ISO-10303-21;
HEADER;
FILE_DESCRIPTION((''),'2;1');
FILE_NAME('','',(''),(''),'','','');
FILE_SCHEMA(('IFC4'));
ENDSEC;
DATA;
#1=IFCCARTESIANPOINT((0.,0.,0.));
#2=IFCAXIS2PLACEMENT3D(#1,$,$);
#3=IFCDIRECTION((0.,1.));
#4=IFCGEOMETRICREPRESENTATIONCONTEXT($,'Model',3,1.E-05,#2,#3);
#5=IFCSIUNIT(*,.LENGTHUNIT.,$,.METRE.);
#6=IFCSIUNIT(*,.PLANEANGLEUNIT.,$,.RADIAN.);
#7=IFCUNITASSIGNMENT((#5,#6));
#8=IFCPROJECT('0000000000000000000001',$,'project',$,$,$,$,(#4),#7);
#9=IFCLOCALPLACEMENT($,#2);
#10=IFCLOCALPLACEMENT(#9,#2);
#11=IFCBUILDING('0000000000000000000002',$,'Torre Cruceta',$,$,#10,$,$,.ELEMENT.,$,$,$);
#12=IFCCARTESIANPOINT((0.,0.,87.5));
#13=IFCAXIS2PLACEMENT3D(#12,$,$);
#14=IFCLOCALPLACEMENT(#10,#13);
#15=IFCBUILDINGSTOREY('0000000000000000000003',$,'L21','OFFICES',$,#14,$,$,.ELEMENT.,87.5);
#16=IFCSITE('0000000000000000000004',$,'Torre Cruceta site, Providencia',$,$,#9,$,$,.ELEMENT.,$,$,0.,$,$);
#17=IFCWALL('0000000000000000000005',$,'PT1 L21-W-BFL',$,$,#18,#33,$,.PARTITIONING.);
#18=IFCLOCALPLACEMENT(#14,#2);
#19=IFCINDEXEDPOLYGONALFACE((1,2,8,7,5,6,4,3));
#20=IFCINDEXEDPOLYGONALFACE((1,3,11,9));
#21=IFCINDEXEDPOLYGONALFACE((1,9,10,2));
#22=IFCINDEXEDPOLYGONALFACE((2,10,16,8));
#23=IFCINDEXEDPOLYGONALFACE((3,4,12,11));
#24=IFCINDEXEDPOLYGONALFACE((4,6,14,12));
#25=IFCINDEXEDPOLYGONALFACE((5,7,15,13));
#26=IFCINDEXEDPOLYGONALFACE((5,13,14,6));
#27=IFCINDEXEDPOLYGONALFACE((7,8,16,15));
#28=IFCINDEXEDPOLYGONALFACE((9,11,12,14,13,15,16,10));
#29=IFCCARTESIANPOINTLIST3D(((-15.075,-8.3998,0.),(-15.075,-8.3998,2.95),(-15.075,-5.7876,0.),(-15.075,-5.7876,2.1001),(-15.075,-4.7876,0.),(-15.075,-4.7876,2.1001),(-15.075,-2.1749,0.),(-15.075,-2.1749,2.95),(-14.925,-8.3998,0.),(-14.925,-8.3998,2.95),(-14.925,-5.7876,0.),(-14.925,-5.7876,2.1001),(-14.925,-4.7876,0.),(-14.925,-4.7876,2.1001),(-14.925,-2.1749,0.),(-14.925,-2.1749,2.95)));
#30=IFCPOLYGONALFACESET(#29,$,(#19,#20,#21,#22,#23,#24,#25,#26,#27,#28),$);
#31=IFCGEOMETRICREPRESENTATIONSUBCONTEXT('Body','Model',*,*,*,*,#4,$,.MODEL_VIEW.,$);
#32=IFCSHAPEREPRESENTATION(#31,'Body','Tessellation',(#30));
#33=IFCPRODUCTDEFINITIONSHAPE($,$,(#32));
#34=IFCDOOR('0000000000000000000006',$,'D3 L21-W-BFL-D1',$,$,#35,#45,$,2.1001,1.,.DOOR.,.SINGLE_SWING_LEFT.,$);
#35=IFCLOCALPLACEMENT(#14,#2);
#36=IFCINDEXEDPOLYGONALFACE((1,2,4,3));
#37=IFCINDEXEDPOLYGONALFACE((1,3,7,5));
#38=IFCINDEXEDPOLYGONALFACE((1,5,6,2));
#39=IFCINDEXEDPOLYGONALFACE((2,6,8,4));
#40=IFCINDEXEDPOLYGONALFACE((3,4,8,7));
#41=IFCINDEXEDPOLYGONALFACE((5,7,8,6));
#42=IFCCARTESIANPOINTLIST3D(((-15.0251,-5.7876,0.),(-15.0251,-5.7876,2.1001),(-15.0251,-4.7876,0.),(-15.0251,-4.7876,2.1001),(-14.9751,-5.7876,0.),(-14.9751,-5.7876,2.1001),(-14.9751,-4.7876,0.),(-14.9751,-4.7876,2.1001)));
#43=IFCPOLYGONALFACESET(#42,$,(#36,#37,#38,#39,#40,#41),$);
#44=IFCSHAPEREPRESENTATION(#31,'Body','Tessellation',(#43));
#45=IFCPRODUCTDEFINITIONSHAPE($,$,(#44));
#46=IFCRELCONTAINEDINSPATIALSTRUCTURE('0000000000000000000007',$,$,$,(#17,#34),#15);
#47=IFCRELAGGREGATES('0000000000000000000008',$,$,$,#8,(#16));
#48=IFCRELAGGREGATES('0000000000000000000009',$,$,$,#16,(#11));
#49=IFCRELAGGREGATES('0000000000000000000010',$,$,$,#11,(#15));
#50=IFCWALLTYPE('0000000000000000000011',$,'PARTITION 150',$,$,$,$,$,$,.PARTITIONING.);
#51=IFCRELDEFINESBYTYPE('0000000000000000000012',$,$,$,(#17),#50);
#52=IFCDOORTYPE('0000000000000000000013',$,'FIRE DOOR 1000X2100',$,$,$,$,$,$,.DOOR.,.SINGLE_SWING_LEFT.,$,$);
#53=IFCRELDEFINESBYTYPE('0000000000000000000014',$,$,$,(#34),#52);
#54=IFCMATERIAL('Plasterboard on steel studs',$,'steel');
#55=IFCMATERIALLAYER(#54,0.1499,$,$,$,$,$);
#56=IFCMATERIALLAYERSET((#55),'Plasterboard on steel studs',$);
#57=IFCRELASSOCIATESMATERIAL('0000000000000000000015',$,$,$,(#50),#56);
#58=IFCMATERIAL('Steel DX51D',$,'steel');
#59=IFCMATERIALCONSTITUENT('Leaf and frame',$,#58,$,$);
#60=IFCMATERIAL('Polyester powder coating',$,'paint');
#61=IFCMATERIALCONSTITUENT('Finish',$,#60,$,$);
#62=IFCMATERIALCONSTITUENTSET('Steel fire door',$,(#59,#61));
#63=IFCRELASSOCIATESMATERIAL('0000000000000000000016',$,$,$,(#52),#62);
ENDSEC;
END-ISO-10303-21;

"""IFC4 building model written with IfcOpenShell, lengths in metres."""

from ifc_helpers import new_model, si_unit, direction, frame, frame_2d, origin, place, context, subcontext, project, spatial, rectangle, extrude, material, layer, layer_set, constituent, constituent_set, type_object, element, fill, save


model = new_model("IFC4")

# Units and contexts
model_context = context("Model", 3, precision=1e-05, world=origin(), true_north=direction((0.0, 1.0)))
body_context = subcontext(model_context, "Body", "Model", "MODEL_VIEW")
ifc_project = project(units=[si_unit("LENGTHUNIT", "METRE"), si_unit("PLANEANGLEUNIT", "RADIAN")], contexts=[model_context])

# Site, building, storey
site_placement = place(None, origin())
site = spatial("IfcSite", under=ifc_project, at=site_placement, Name="Torre Cruceta site, Providencia", CompositionType="ELEMENT", RefElevation=0.0)
building_placement = place(site_placement, origin())
building = spatial("IfcBuilding", under=site, at=building_placement, Name="Torre Cruceta", CompositionType="ELEMENT")
storey_placement = place(building_placement, frame((0.0, 0.0, 87.5)))
storey = spatial("IfcBuildingStorey", under=building, at=storey_placement, Name="L21", Description="OFFICES", CompositionType="ELEMENT", Elevation=87.5)

# Wall, opening, door
ifc_material_1 = material(Name="Plasterboard on steel studs", Category="steel")
ifc_layer_1 = layer(ifc_material_1, 0.1499)
ifc_layer_set_1 = layer_set([ifc_layer_1], Name="Plasterboard on steel studs")
wall_type_1 = type_object("IfcWallType", Name="PARTITION 150", PredefinedType="PARTITIONING", material=ifc_layer_set_1)
wall_1_placement = place(storey_placement, frame((-15.0, -2.175, 0.0), z_axis=(0.0, 0.0, 1.0), x_axis=(0.0, -1.0, 0.0)))
wall_1 = element("IfcWall", 1, at=wall_1_placement, inside=storey, type_object=wall_type_1, Name="PT1 L21-W-BFL", PredefinedType="PARTITIONING", context=body_context, shape_type="SweptSolid", body=[
    extrude(rectangle(XDim=6.2249, YDim=0.1499, at=frame_2d((3.1123, 0.0))), origin(), (0.0, 0.0, 1.0), 2.95),
])
opening_1_placement = place(wall_1_placement, frame((2.6125, 0.0, 0.0)))
opening_1 = element("IfcOpeningElement", 2, at=opening_1_placement, cuts=wall_1, PredefinedType="OPENING", context=body_context, shape_type="SweptSolid", body=[
    extrude(rectangle(XDim=1.0, YDim=2.1001, at=frame_2d((0.5, 1.05))), frame((0.0, 0.085, 0.0), z_axis=(0.0, -1.0, 0.0), x_axis=(1.0, 0.0, 0.0)), (0.0, 0.0, 1.0), 0.1699),
])
ifc_material_2 = material(Name="Steel DX51D", Category="steel")
ifc_constituent_1 = constituent(ifc_material_2, Name="Leaf and frame")
ifc_material_3 = material(Name="Polyester powder coating", Category="paint")
ifc_constituent_2 = constituent(ifc_material_3, Name="Finish")
ifc_constituent_set_1 = constituent_set(constituents=[ifc_constituent_1, ifc_constituent_2], Name="Steel fire door")
door_type = type_object("IfcDoorType", Name="FIRE DOOR 1000X2100", OperationType="SINGLE_SWING_LEFT", PredefinedType="DOOR", material=ifc_constituent_set_1)
door_placement = place(opening_1_placement, origin())
door = element("IfcDoor", 3, at=door_placement, inside=storey, type_object=door_type, Name="D3 L21-W-BFL-D1", OperationType="SINGLE_SWING_LEFT", OverallHeight=2.1001, OverallWidth=1.0, PredefinedType="DOOR", context=body_context, shape_type="SweptSolid", body=[
    extrude(rectangle(XDim=1.0, YDim=2.1001, at=frame_2d((0.5, 1.05))), frame((0.0, 0.0249, 0.0), z_axis=(0.0, -1.0, 0.0), x_axis=(1.0, 0.0, 0.0)), (0.0, 0.0, 1.0), 0.05),
])
fill(opening_1, door)

save(model, "model.ifc")
